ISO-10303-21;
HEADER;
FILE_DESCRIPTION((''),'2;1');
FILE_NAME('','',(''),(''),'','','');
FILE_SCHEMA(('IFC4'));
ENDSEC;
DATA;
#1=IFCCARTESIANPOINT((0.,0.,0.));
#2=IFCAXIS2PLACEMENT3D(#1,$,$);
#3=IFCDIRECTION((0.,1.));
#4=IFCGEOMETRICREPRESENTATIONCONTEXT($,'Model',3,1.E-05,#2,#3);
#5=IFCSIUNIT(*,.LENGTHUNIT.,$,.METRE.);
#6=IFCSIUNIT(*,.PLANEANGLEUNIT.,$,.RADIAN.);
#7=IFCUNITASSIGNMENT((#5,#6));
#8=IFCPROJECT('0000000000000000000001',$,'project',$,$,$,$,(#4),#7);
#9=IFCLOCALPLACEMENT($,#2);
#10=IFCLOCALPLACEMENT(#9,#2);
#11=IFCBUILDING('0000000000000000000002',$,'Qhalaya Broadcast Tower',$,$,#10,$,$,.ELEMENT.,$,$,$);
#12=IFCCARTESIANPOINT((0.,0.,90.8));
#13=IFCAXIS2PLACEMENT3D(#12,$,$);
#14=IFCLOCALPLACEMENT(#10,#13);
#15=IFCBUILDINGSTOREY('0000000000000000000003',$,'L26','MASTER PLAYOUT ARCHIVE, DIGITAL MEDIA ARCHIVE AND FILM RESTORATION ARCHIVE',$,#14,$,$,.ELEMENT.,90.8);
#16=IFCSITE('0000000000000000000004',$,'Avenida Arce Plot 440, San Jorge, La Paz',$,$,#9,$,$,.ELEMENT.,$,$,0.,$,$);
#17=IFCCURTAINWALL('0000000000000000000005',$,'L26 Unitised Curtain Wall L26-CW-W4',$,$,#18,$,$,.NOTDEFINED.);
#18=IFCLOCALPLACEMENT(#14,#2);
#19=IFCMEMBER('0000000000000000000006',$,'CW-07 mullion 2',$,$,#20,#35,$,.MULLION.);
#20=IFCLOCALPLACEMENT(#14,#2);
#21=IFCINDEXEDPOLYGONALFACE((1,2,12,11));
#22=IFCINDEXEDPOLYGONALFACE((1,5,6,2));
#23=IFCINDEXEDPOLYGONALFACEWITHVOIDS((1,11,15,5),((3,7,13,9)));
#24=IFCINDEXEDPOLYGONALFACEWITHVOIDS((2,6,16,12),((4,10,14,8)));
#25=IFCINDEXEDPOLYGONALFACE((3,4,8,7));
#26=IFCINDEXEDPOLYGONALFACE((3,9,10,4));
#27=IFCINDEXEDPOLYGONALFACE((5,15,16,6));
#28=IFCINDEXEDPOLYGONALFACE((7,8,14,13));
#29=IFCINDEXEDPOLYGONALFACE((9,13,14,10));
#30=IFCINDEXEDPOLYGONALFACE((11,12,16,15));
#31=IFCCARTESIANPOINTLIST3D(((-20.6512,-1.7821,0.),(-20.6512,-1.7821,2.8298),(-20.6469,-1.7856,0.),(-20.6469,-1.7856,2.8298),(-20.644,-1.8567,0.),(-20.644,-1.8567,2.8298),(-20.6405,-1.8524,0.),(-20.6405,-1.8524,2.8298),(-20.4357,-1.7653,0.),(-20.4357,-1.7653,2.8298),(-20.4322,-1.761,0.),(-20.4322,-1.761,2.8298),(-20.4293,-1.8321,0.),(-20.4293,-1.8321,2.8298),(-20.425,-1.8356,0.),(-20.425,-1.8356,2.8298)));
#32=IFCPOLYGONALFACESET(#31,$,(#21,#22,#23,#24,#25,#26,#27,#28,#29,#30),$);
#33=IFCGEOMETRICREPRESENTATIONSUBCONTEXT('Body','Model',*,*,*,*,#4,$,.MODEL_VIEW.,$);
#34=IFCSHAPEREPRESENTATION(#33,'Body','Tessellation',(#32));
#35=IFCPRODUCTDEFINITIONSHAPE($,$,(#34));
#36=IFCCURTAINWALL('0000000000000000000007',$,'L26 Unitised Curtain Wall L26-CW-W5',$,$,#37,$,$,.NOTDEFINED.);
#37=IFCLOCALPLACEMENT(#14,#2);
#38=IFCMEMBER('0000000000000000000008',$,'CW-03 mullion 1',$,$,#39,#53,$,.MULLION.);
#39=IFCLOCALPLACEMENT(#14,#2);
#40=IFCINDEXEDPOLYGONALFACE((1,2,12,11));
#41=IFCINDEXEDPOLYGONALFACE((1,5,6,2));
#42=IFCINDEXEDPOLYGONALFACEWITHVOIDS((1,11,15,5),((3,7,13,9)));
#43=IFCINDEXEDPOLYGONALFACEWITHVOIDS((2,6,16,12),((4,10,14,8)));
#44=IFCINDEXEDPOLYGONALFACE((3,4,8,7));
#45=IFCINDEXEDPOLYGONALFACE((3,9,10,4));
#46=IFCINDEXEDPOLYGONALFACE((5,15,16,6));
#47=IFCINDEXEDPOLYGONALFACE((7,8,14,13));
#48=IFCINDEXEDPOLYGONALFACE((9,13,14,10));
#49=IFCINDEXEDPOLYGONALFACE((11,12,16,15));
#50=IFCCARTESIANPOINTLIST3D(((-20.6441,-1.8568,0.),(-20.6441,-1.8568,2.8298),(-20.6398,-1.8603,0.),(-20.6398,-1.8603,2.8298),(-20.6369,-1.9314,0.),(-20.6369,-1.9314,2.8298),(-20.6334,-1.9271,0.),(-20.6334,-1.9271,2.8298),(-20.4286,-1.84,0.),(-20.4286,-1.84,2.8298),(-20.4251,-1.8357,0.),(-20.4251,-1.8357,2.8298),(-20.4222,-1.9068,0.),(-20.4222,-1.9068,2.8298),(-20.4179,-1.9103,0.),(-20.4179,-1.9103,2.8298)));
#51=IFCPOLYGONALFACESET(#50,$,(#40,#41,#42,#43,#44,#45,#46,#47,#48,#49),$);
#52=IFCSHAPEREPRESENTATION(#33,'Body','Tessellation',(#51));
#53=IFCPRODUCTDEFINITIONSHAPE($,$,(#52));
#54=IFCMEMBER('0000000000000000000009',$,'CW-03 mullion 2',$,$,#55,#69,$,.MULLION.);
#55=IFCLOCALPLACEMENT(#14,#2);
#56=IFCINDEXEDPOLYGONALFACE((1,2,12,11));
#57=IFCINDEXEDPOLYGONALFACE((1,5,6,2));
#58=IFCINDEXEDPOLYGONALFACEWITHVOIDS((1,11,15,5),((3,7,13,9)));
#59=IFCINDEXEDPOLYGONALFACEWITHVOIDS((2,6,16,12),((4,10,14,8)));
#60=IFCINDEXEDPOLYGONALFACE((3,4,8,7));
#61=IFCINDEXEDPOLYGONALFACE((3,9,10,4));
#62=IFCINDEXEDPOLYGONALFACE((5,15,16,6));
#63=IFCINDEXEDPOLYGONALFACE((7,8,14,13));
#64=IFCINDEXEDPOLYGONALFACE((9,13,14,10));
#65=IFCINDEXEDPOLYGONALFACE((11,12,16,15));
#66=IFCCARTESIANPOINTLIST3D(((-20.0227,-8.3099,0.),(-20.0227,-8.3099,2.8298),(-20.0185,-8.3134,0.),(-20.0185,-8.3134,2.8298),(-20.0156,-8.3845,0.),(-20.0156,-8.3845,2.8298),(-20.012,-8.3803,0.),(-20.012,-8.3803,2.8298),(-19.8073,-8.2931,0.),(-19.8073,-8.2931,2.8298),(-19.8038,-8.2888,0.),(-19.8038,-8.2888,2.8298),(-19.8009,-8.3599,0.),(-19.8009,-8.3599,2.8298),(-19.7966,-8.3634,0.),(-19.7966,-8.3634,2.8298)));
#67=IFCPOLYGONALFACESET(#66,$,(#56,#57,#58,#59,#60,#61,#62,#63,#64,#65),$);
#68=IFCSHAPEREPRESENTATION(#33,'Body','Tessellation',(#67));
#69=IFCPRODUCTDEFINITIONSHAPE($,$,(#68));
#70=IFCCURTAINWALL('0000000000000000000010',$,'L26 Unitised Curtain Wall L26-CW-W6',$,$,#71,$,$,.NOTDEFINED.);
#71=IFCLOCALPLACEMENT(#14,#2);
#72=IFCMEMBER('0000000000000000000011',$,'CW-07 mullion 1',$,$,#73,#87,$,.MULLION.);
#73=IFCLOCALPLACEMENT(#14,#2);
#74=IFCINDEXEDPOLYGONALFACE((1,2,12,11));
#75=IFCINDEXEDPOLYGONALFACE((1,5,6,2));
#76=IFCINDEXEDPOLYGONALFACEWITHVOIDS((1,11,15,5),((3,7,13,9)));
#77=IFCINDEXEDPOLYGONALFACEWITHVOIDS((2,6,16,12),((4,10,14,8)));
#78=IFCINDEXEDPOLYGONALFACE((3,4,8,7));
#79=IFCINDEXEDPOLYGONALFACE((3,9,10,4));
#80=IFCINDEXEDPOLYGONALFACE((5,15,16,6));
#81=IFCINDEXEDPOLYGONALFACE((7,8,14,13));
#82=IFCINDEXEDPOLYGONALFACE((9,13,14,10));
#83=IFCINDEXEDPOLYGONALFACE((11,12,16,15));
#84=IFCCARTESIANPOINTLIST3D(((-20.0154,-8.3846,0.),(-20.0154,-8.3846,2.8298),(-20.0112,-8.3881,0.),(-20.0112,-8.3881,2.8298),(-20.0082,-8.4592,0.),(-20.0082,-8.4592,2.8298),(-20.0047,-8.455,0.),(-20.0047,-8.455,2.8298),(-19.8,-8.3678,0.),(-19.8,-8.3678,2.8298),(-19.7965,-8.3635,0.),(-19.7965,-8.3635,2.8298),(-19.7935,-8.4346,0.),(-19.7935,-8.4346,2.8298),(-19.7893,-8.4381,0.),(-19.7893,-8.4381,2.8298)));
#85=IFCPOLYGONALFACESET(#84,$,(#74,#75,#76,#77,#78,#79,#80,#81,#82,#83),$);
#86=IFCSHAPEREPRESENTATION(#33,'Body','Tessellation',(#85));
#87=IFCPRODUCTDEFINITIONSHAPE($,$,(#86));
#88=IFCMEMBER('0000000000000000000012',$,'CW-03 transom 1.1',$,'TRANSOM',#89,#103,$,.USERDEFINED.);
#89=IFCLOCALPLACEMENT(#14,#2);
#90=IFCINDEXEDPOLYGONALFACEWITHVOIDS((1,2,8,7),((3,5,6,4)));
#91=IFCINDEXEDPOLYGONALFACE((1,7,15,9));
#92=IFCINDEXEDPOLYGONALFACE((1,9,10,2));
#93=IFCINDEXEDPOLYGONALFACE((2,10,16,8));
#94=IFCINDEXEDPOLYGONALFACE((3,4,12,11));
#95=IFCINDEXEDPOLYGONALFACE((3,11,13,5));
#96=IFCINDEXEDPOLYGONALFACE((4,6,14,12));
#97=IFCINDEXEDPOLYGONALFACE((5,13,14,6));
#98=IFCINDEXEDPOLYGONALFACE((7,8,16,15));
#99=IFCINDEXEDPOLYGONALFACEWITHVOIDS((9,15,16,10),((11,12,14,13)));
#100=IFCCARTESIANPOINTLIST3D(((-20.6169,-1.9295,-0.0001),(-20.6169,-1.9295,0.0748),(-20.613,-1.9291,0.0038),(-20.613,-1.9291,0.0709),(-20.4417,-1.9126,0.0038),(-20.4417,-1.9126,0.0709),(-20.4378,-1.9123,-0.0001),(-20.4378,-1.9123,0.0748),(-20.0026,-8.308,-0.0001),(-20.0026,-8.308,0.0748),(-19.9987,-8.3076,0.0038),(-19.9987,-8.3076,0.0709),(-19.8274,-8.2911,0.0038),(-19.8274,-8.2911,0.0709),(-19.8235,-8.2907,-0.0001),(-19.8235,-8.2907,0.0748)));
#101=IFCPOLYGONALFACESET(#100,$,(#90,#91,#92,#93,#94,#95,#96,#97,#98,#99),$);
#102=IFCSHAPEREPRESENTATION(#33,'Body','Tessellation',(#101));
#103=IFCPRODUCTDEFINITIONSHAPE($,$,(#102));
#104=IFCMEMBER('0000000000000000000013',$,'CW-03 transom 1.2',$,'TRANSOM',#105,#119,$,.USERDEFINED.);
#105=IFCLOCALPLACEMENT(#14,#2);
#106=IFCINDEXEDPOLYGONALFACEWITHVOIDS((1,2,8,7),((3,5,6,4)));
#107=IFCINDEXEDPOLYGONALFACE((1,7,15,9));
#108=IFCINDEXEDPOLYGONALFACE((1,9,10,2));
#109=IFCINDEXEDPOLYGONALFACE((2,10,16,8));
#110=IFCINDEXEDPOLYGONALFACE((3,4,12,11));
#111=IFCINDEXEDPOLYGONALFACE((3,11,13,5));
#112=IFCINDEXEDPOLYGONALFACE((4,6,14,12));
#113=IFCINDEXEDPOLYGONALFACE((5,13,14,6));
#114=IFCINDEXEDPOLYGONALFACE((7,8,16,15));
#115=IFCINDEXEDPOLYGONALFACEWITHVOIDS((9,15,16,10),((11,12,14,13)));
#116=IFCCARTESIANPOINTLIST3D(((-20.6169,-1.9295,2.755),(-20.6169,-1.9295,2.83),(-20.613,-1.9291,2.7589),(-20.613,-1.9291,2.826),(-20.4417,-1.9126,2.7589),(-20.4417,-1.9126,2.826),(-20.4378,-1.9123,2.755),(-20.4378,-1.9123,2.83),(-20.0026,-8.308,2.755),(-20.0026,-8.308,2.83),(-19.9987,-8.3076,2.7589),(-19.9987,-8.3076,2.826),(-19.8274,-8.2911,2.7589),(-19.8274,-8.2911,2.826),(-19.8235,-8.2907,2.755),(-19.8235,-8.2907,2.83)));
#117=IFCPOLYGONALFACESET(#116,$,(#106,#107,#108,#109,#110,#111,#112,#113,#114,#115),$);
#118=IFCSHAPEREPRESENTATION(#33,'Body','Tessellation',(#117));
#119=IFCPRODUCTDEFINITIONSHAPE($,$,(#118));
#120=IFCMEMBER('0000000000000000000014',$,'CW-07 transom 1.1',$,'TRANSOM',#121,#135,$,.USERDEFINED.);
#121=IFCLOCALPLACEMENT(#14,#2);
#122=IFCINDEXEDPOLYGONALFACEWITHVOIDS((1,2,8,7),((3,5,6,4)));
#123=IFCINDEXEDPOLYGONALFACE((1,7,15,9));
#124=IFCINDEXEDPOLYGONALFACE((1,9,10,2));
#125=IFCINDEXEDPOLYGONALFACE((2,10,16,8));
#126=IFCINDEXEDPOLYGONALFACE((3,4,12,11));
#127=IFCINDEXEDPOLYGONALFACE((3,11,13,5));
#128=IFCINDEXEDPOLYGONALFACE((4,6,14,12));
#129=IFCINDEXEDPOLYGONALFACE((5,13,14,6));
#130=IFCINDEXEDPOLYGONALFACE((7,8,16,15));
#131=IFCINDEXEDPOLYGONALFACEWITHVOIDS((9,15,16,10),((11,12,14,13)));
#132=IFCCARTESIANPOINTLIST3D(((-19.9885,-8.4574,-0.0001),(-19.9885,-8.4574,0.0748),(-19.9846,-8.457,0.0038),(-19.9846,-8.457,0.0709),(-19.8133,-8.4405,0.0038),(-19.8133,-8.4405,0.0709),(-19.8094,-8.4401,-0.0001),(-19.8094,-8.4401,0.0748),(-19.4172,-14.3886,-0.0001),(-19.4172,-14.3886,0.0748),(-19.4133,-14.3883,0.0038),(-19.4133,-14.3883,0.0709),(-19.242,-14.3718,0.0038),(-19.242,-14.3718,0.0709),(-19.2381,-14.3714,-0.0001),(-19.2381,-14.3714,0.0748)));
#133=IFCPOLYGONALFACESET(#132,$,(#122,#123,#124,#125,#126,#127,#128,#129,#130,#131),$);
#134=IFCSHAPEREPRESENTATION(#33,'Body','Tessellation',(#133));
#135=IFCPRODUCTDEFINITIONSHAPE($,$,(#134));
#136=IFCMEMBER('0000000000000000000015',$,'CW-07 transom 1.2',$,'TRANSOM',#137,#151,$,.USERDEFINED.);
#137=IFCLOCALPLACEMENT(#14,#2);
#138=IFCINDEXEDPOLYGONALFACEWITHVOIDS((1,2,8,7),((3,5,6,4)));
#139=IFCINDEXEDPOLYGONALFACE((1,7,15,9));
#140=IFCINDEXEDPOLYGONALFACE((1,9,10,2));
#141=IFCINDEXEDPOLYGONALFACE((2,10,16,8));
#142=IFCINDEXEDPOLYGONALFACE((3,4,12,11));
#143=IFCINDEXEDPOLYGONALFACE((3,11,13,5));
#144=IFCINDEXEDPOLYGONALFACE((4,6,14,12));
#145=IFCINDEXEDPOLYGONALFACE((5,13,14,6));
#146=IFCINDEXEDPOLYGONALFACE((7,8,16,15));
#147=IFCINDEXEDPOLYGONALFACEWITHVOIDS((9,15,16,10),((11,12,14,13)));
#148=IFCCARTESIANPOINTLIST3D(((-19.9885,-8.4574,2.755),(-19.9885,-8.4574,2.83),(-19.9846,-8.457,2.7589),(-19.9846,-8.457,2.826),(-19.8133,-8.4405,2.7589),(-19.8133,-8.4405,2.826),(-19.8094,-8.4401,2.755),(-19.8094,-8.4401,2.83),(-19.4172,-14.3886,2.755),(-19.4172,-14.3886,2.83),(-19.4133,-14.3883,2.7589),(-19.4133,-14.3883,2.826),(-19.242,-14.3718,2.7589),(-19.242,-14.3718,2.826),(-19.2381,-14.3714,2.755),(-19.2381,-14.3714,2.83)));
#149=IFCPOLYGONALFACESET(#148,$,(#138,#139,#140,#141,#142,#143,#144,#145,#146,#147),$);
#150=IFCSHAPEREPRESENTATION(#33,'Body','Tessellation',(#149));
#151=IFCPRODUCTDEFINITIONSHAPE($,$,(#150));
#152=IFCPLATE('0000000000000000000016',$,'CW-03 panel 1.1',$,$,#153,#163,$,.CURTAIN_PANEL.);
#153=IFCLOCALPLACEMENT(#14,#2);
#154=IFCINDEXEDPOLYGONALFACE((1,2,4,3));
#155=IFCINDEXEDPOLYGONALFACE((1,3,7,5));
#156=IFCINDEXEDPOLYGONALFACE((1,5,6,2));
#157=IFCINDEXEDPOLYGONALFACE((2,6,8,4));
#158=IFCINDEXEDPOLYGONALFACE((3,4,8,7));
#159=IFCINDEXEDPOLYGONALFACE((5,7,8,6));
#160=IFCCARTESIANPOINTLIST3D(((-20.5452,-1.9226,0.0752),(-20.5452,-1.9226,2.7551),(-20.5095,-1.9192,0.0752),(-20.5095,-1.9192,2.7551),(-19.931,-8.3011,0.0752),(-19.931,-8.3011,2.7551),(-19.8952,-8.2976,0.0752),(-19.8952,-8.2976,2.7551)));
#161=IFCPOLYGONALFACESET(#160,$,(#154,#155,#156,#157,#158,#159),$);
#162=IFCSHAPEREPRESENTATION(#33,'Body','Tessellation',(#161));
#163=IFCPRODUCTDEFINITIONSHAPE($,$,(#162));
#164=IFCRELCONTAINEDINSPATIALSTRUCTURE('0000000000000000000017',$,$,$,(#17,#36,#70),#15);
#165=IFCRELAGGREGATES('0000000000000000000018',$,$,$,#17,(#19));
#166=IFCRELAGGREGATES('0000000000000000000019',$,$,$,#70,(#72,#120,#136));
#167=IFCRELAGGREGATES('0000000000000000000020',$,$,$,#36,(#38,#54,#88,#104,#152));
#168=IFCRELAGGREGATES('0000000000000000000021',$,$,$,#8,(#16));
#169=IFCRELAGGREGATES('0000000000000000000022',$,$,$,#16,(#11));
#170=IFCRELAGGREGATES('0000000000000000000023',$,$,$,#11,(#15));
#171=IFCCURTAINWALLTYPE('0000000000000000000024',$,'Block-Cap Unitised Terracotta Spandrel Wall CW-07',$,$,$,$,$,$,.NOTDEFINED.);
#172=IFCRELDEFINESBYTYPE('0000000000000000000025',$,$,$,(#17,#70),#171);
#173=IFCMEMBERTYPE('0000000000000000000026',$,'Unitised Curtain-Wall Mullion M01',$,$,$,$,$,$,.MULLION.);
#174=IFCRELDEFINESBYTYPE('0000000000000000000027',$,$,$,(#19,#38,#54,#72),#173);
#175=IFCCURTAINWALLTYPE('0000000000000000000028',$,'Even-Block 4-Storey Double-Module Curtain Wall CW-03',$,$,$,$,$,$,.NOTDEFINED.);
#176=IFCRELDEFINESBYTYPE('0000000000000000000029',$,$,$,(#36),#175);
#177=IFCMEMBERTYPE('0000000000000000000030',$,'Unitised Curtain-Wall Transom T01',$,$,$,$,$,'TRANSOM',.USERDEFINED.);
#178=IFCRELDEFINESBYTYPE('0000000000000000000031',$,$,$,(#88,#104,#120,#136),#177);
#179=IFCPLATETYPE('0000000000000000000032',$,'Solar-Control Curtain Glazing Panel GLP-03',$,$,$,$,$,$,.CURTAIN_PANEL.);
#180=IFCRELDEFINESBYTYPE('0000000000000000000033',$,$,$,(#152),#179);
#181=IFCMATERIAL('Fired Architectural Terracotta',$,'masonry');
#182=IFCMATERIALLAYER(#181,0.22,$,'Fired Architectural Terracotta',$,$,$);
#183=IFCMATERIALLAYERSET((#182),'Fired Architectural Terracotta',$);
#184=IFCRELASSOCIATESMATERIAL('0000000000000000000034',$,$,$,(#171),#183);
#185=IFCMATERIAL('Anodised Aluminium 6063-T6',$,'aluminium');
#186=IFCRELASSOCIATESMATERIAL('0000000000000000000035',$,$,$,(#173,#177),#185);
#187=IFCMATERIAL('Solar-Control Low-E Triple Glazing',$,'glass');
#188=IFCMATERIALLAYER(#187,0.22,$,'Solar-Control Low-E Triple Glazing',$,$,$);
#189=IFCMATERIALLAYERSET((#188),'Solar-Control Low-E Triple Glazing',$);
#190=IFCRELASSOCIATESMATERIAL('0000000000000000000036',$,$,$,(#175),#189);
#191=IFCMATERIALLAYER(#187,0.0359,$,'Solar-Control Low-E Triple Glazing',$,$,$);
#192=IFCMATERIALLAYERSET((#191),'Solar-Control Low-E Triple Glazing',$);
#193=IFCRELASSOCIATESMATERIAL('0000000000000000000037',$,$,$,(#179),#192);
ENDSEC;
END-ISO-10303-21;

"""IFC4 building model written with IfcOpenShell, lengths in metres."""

from ifc_helpers import new_model, si_unit, direction, frame, origin, origin_2d, place, context, subcontext, project, spatial, rectangle, hollow_rectangle, extrude, material, layer, layer_set, material_profile, profile_set, type_object, element, aggregate, save


model = new_model("IFC4")

# Units and contexts
model_context = context("Model", 3, precision=1e-05, world=origin(), true_north=direction((0.0, 1.0)))
body_context = subcontext(model_context, "Body", "Model", "MODEL_VIEW")
ifc_project = project(units=[si_unit("LENGTHUNIT", "METRE"), si_unit("PLANEANGLEUNIT", "RADIAN")], contexts=[model_context])

# Site, building, storey
site_placement = place(None, origin())
site = spatial("IfcSite", under=ifc_project, at=site_placement, Name="Avenida Arce Plot 440, San Jorge, La Paz", CompositionType="ELEMENT", RefElevation=0.0)
building_placement = place(site_placement, origin())
building = spatial("IfcBuilding", under=site, at=building_placement, Name="Qhalaya Broadcast Tower", CompositionType="ELEMENT")
storey_placement = place(building_placement, frame((0.0, 0.0, 90.8)))
storey = spatial("IfcBuildingStorey", under=building, at=storey_placement, Name="L26", Description="MASTER PLAYOUT ARCHIVE, DIGITAL MEDIA ARCHIVE AND FILM RESTORATION ARCHIVE", CompositionType="ELEMENT", Elevation=90.8)

# Curtain wall, member
ifc_material_1 = material(Name="Fired Architectural Terracotta", Category="masonry")
ifc_layer_1 = layer(ifc_material_1, 0.22, Name="Fired Architectural Terracotta")
ifc_layer_set_1 = layer_set([ifc_layer_1], Name="Fired Architectural Terracotta")
curtain_wall_type_1 = type_object("IfcCurtainWallType", Name="Block-Cap Unitised Terracotta Spandrel Wall CW-07", PredefinedType="NOTDEFINED", material=ifc_layer_set_1)
curtain_wall_1_placement = place(storey_placement, origin())
curtain_wall_1 = element("IfcCurtainWall", 1, at=curtain_wall_1_placement, inside=storey, type_object=curtain_wall_type_1, Name="L26 Unitised Curtain Wall L26-CW-W4", PredefinedType="NOTDEFINED")
ifc_material_2 = material(Name="Anodised Aluminium 6063-T6", Category="aluminium")
ifc_material_profile_1 = material_profile(ifc_material_2, hollow_rectangle(XDim=0.075, YDim=0.22, WallThickness=0.0039, at=origin_2d()), Name="ALU-MUL 75x220x4")
ifc_profile_set_1 = profile_set([ifc_material_profile_1], Name="Anodised Aluminium 6063-T6")
member_type_1 = type_object("IfcMemberType", Name="Unitised Curtain-Wall Mullion M01", PredefinedType="MULLION", material=ifc_profile_set_1)
member_1_placement = place(storey_placement, frame((-20.5381, -1.8088, 0.0), z_axis=(0.0, 0.0, 1.0), x_axis=(0.095841, -0.995397, 0.0)))
member_1 = element("IfcMember", 2, at=member_1_placement, type_object=member_type_1, Name="CW-07 mullion 2", PredefinedType="MULLION", context=body_context, shape_type="SweptSolid", body=[
    extrude(hollow_rectangle(XDim=0.075, YDim=0.22, WallThickness=0.0039, at=origin_2d()), origin(), (0.0, 0.0, 1.0), 2.8298),
])
aggregate(curtain_wall_1, [member_1])

# Curtain wall, members
ifc_material_3 = material(Name="Solar-Control Low-E Triple Glazing", Category="glass")
ifc_layer_2 = layer(ifc_material_3, 0.22, Name="Solar-Control Low-E Triple Glazing")
ifc_layer_set_2 = layer_set([ifc_layer_2], Name="Solar-Control Low-E Triple Glazing")
curtain_wall_type_2 = type_object("IfcCurtainWallType", Name="Even-Block 4-Storey Double-Module Curtain Wall CW-03", PredefinedType="NOTDEFINED", material=ifc_layer_set_2)
curtain_wall_2_placement = place(storey_placement, origin())
curtain_wall_2 = element("IfcCurtainWall", 3, at=curtain_wall_2_placement, inside=storey, type_object=curtain_wall_type_2, Name="L26 Unitised Curtain Wall L26-CW-W5", PredefinedType="NOTDEFINED")
member_2_placement = place(storey_placement, frame((-20.531, -1.8835, 0.0), z_axis=(0.0, 0.0, 1.0), x_axis=(0.095852, -0.995396, 0.0)))
member_2 = element("IfcMember", 4, at=member_2_placement, type_object=member_type_1, Name="CW-03 mullion 1", PredefinedType="MULLION", context=body_context, shape_type="SweptSolid", body=[
    extrude(hollow_rectangle(XDim=0.075, YDim=0.22, WallThickness=0.0039, at=origin_2d()), origin(), (0.0, 0.0, 1.0), 2.8298),
])
member_3_placement = place(storey_placement, frame((-19.9097, -8.3367, 0.0), z_axis=(0.0, 0.0, 1.0), x_axis=(0.095852, -0.995396, 0.0)))
member_3 = element("IfcMember", 5, at=member_3_placement, type_object=member_type_1, Name="CW-03 mullion 2", PredefinedType="MULLION", context=body_context, shape_type="SweptSolid", body=[
    extrude(hollow_rectangle(XDim=0.075, YDim=0.22, WallThickness=0.0039, at=origin_2d()), origin(), (0.0, 0.0, 1.0), 2.8298),
])

# Curtain wall, member
curtain_wall_3_placement = place(storey_placement, origin())
curtain_wall_3 = element("IfcCurtainWall", 6, at=curtain_wall_3_placement, inside=storey, type_object=curtain_wall_type_1, Name="L26 Unitised Curtain Wall L26-CW-W6", PredefinedType="NOTDEFINED")
member_4_placement = place(storey_placement, frame((-19.9023, -8.4114, 0.0), z_axis=(0.0, 0.0, 1.0), x_axis=(0.095842, -0.995397, 0.0)))
member_4 = element("IfcMember", 7, at=member_4_placement, type_object=member_type_1, Name="CW-07 mullion 1", PredefinedType="MULLION", context=body_context, shape_type="SweptSolid", body=[
    extrude(hollow_rectangle(XDim=0.075, YDim=0.22, WallThickness=0.0039, at=origin_2d()), origin(), (0.0, 0.0, 1.0), 2.8298),
])

# Members
ifc_material_profile_2 = material_profile(ifc_material_2, hollow_rectangle(XDim=0.075, YDim=0.1799, WallThickness=0.0039, at=origin_2d()), Name="ALU-TRN 75x180x4")
ifc_profile_set_2 = profile_set([ifc_material_profile_2], Name="Anodised Aluminium 6063-T6")
member_type_2 = type_object("IfcMemberType", Name="Unitised Curtain-Wall Transom T01", ElementType="TRANSOM", PredefinedType="USERDEFINED", material=ifc_profile_set_2)
member_5_placement = place(storey_placement, frame((-20.5273, -1.9209, 0.0374), z_axis=(0.095859, -0.995395, 0.0), x_axis=(0.0, 0.0, 1.0)))
member_5 = element("IfcMember", 8, at=member_5_placement, type_object=member_type_2, Name="CW-03 transom 1.1", ObjectType="TRANSOM", PredefinedType="USERDEFINED", context=body_context, shape_type="SweptSolid", body=[
    extrude(hollow_rectangle(XDim=0.075, YDim=0.1799, WallThickness=0.0039, at=origin_2d()), origin(), (0.0, 0.0, 1.0), 6.408),
])
member_6_placement = place(storey_placement, frame((-20.5273, -1.9209, 2.7925), z_axis=(0.095859, -0.995395, 0.0), x_axis=(0.0, 0.0, 1.0)))
member_6 = element("IfcMember", 9, at=member_6_placement, type_object=member_type_2, Name="CW-03 transom 1.2", ObjectType="TRANSOM", PredefinedType="USERDEFINED", context=body_context, shape_type="SweptSolid", body=[
    extrude(hollow_rectangle(XDim=0.075, YDim=0.1799, WallThickness=0.0039, at=origin_2d()), origin(), (0.0, 0.0, 1.0), 6.408),
])
member_7_placement = place(storey_placement, frame((-19.8989, -8.4487, 0.0374), z_axis=(0.095872, -0.995394, 0.0), x_axis=(0.0, 0.0, 1.0)))
member_7 = element("IfcMember", 10, at=member_7_placement, type_object=member_type_2, Name="CW-07 transom 1.1", ObjectType="TRANSOM", PredefinedType="USERDEFINED", context=body_context, shape_type="SweptSolid", body=[
    extrude(hollow_rectangle(XDim=0.075, YDim=0.1799, WallThickness=0.0039, at=origin_2d()), origin(), (0.0, 0.0, 1.0), 5.9587),
])
member_8_placement = place(storey_placement, frame((-19.8989, -8.4487, 2.7925), z_axis=(0.095872, -0.995394, 0.0), x_axis=(0.0, 0.0, 1.0)))
member_8 = element("IfcMember", 11, at=member_8_placement, type_object=member_type_2, Name="CW-07 transom 1.2", ObjectType="TRANSOM", PredefinedType="USERDEFINED", context=body_context, shape_type="SweptSolid", body=[
    extrude(hollow_rectangle(XDim=0.075, YDim=0.1799, WallThickness=0.0039, at=origin_2d()), origin(), (0.0, 0.0, 1.0), 5.9587),
])
aggregate(curtain_wall_3, [member_4, member_7, member_8])

# Plate
ifc_layer_3 = layer(ifc_material_3, 0.0359, Name="Solar-Control Low-E Triple Glazing")
ifc_layer_set_3 = layer_set([ifc_layer_3], Name="Solar-Control Low-E Triple Glazing")
plate_type = type_object("IfcPlateType", Name="Solar-Control Curtain Glazing Panel GLP-03", PredefinedType="CURTAIN_PANEL", material=ifc_layer_set_3)
plate_placement = place(storey_placement, frame((-20.2202, -5.1101, 0.0752), z_axis=(0.0, 0.0, 1.0), x_axis=(0.095852, -0.995396, 0.0)))
plate = element("IfcPlate", 12, at=plate_placement, type_object=plate_type, Name="CW-03 panel 1.1", PredefinedType="CURTAIN_PANEL", context=body_context, shape_type="SweptSolid", body=[
    extrude(rectangle(XDim=6.408, YDim=0.0359, at=origin_2d()), origin(), (0.0, 0.0, 1.0), 2.6799),
])
aggregate(curtain_wall_2, [member_2, member_3, member_5, member_6, plate])

save(model, "model.ifc")
